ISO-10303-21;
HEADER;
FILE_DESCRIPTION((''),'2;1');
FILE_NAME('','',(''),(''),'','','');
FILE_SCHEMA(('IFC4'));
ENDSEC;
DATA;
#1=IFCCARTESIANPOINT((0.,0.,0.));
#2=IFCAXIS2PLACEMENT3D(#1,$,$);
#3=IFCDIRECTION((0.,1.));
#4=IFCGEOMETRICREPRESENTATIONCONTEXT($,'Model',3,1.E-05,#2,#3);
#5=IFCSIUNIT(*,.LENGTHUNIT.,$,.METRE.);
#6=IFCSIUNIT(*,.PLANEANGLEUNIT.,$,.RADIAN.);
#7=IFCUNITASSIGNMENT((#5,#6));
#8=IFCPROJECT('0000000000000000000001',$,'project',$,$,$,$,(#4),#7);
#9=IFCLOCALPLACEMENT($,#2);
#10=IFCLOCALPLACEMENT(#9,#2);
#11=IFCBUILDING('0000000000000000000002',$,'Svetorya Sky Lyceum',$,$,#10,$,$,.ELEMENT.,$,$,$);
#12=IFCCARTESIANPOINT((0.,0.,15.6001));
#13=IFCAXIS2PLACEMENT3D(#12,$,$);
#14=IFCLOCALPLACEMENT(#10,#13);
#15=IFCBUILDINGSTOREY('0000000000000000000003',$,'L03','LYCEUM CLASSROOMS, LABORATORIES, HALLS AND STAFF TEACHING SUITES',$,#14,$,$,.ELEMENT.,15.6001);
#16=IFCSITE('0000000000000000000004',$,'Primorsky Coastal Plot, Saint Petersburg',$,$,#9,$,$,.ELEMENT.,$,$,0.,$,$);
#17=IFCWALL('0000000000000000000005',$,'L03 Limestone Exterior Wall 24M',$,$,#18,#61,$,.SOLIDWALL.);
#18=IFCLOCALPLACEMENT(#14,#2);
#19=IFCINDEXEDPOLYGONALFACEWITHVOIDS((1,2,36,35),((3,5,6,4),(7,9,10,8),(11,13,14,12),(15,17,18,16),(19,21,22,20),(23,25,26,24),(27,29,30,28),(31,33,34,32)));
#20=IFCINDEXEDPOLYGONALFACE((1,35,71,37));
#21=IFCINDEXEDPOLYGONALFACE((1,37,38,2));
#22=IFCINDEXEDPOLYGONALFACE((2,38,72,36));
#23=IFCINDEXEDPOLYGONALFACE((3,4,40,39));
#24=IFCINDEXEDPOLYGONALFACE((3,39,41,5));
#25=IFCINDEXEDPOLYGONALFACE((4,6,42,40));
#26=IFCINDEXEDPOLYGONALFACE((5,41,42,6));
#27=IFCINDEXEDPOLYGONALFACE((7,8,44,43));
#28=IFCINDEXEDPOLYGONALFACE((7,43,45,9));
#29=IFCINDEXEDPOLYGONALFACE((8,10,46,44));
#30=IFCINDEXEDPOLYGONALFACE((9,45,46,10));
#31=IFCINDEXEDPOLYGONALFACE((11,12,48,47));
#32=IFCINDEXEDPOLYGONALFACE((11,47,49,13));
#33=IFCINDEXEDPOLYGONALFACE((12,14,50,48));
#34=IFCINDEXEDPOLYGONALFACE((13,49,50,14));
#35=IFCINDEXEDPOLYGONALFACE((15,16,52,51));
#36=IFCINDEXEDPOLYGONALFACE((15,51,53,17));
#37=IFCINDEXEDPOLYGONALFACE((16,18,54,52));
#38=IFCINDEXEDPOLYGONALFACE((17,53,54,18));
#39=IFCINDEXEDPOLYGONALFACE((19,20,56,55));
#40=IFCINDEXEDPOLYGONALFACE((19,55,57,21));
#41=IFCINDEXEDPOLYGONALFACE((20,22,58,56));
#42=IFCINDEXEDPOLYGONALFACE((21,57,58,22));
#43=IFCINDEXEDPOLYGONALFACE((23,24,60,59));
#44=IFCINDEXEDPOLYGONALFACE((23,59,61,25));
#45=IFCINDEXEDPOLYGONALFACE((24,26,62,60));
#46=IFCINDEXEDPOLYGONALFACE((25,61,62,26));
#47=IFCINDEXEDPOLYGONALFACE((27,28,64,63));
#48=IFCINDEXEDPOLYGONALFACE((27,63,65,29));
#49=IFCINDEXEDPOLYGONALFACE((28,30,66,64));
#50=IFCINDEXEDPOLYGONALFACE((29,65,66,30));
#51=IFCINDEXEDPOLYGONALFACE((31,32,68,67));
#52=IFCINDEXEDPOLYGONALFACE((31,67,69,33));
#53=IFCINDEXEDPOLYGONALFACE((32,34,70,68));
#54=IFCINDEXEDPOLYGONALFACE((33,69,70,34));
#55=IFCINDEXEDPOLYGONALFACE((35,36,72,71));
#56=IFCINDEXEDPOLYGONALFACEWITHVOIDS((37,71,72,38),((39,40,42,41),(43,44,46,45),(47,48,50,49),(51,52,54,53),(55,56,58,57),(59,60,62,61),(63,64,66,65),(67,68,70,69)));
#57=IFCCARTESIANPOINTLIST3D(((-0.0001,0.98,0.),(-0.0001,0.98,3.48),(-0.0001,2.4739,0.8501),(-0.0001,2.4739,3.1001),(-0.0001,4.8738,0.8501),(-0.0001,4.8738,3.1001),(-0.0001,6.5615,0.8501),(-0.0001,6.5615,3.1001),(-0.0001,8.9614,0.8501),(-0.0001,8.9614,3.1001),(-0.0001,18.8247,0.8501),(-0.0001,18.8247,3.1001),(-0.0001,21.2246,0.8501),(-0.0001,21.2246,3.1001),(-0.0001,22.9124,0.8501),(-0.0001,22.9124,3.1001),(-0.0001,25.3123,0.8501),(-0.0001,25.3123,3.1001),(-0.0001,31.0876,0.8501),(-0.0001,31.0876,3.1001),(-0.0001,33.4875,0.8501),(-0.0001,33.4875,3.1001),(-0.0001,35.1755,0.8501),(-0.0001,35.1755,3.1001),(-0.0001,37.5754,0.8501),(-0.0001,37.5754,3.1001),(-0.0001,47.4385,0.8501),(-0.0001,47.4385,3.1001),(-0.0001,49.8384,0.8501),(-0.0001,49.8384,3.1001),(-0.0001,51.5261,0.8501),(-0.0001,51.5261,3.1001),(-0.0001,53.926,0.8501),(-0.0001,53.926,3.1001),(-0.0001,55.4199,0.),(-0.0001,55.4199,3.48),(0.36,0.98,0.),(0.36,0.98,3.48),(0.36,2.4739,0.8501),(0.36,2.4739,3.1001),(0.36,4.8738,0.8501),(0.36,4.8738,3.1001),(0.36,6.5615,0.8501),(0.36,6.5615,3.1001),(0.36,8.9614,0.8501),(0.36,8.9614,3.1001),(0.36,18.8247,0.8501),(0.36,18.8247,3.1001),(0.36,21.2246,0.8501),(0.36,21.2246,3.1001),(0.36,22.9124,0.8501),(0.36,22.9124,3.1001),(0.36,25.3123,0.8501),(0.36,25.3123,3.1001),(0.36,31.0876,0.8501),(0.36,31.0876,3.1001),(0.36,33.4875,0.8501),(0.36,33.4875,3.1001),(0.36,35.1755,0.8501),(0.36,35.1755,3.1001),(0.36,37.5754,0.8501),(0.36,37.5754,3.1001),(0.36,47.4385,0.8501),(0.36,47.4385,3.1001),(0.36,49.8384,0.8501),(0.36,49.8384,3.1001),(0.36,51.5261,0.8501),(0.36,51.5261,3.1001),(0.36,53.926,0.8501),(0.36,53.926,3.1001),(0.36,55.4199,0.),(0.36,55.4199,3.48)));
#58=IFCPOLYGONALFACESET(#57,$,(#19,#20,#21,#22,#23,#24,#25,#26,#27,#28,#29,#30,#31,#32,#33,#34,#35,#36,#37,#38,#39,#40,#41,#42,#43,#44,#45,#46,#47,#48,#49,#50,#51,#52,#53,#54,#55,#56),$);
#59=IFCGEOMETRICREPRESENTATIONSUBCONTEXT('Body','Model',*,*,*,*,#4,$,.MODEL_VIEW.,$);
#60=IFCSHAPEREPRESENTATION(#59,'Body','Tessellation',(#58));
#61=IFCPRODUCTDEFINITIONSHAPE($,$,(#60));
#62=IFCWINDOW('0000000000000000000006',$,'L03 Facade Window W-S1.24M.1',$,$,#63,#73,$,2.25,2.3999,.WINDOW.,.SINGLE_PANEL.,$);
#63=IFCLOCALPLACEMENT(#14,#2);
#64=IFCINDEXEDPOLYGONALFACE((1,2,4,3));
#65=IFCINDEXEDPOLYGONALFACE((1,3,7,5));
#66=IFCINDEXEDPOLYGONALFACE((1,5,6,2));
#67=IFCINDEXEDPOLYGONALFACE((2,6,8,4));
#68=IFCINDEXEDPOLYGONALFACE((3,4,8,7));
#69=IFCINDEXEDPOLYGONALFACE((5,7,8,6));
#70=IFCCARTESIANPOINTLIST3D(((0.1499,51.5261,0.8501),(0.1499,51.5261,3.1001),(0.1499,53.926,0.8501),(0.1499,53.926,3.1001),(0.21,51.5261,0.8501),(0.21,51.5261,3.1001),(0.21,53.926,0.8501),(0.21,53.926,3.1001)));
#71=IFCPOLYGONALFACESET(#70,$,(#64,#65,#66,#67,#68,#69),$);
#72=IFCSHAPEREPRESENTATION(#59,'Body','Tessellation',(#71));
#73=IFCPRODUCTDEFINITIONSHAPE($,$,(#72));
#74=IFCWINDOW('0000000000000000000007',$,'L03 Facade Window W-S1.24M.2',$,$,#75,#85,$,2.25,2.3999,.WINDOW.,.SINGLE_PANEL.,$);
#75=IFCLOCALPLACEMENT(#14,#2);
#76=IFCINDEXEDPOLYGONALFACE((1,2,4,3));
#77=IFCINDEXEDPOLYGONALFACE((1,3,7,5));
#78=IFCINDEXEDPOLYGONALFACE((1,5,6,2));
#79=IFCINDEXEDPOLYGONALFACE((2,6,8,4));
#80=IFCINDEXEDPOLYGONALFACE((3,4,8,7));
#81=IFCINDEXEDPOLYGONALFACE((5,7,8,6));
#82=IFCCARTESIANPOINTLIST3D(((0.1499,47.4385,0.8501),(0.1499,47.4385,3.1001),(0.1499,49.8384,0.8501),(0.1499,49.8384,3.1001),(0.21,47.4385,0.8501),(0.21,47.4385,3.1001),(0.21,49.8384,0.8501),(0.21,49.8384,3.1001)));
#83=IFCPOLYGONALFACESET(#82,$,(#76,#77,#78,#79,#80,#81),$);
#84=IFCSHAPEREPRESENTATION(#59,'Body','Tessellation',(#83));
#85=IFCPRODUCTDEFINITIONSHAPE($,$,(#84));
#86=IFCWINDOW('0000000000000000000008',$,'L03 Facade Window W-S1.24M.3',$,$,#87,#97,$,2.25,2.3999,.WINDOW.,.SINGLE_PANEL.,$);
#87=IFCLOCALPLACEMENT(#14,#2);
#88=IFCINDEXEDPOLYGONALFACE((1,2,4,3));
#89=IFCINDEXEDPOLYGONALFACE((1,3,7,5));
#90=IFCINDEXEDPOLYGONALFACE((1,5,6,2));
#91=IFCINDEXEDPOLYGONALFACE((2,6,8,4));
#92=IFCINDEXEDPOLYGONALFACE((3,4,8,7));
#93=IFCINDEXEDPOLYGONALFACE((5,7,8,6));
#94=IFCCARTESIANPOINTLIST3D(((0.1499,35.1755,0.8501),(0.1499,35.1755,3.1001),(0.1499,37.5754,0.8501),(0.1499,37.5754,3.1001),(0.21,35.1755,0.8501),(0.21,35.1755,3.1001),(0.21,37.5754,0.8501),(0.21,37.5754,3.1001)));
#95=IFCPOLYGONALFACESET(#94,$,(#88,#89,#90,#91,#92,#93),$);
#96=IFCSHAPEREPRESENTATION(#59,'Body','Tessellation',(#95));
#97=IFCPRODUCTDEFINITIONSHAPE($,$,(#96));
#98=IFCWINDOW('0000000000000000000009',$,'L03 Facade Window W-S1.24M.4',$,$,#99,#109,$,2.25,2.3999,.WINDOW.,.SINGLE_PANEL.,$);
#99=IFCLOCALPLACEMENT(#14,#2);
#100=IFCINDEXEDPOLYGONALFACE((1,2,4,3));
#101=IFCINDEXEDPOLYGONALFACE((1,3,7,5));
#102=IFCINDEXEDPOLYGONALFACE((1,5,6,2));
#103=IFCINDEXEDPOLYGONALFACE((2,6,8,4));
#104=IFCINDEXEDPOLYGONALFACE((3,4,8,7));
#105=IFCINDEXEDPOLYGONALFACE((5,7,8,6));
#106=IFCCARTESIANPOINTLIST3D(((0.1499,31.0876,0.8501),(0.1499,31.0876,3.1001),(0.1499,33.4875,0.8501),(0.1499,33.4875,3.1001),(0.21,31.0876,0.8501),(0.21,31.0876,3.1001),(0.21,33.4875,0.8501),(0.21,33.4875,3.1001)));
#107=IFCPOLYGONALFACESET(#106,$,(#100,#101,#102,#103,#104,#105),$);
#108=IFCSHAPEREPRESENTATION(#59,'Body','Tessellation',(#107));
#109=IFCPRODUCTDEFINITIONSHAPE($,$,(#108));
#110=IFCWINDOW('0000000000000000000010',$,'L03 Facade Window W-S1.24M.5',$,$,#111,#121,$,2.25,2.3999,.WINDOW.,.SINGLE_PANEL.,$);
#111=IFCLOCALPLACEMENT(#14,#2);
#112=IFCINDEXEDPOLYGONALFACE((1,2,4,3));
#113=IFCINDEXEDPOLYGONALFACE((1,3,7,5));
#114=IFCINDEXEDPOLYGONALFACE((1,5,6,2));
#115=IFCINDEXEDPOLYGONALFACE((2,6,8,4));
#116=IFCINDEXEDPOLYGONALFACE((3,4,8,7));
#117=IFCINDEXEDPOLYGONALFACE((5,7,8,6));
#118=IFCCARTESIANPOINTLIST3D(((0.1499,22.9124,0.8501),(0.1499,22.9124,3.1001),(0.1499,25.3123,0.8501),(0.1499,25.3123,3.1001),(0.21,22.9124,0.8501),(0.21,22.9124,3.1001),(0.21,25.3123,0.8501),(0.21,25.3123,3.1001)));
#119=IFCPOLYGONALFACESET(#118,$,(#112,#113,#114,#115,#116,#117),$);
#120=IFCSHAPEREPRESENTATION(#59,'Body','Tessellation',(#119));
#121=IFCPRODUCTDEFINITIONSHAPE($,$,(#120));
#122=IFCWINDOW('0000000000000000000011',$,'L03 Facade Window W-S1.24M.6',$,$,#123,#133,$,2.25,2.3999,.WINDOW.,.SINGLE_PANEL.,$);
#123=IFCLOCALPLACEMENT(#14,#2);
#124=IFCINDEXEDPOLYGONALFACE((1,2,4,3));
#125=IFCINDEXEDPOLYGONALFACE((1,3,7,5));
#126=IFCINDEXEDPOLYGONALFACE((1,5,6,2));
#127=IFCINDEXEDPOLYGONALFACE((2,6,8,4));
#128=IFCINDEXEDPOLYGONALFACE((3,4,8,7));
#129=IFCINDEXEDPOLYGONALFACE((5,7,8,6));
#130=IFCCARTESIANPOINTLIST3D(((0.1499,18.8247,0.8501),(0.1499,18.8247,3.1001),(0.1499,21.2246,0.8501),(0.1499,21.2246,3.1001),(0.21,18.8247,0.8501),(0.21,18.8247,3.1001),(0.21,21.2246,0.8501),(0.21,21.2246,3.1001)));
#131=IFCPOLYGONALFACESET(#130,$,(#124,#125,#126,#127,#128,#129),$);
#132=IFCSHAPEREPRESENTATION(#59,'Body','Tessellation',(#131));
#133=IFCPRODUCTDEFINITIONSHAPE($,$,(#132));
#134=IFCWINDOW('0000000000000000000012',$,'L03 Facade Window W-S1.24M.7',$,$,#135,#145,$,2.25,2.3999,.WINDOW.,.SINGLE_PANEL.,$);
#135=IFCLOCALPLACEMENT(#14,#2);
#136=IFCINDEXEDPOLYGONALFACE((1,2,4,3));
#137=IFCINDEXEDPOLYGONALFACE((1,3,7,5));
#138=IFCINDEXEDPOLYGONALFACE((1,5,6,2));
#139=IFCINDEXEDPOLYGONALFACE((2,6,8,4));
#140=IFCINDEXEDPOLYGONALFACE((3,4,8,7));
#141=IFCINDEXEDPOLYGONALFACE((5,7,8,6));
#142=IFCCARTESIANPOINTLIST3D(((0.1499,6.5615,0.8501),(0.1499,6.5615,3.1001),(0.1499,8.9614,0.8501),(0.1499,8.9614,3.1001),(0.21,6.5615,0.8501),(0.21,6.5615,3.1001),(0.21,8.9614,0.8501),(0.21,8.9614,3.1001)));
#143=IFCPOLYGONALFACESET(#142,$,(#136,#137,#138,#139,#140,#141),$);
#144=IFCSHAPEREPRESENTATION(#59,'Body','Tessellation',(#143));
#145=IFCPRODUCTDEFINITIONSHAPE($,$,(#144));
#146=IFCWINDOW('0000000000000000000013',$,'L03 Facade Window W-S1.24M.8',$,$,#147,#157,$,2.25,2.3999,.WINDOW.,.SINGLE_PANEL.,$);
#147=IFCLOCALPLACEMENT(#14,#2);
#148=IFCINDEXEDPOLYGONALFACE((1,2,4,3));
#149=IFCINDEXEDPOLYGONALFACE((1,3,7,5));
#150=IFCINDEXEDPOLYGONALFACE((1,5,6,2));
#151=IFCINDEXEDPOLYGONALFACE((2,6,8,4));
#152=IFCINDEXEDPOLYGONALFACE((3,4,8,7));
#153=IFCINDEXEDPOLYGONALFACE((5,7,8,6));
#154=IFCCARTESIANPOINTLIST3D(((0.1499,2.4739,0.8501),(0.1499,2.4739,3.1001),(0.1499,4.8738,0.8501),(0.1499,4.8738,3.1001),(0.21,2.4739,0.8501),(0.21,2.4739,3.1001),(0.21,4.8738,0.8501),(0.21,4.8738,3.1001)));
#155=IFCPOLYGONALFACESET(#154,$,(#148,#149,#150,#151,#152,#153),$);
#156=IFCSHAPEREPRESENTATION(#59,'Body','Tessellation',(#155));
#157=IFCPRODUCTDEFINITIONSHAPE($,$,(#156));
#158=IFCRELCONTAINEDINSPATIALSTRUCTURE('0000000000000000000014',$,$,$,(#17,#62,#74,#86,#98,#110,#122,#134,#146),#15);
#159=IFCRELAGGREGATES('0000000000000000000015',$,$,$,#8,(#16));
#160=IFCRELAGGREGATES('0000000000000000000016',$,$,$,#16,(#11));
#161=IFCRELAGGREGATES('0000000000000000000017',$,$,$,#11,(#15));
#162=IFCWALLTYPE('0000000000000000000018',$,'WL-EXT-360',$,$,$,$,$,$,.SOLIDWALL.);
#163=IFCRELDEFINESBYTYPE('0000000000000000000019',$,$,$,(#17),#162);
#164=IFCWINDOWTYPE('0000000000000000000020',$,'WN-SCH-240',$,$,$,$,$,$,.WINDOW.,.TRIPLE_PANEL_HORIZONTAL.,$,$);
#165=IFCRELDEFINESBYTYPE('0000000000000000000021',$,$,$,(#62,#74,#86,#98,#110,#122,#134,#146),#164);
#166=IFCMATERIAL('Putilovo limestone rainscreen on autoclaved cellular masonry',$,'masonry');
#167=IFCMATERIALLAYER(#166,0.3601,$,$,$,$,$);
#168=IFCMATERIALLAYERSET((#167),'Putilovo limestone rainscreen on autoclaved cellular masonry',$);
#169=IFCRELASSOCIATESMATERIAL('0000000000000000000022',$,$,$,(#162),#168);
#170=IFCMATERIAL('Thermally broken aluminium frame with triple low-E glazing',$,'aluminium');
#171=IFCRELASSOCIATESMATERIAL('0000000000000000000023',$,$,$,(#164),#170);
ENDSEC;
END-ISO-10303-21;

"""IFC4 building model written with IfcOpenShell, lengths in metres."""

from ifc_helpers import new_model, si_unit, direction, frame, frame_2d, origin, place, context, subcontext, project, spatial, rectangle, extrude, material, layer, layer_set, type_object, element, fill, save


model = new_model("IFC4")

# Units and contexts
model_context = context("Model", 3, precision=1e-05, world=origin(), true_north=direction((0.0, 1.0)))
body_context = subcontext(model_context, "Body", "Model", "MODEL_VIEW")
ifc_project = project(units=[si_unit("LENGTHUNIT", "METRE"), si_unit("PLANEANGLEUNIT", "RADIAN")], contexts=[model_context])

# Site, building, storey
site_placement = place(None, origin())
site = spatial("IfcSite", under=ifc_project, at=site_placement, Name="Primorsky Coastal Plot, Saint Petersburg", CompositionType="ELEMENT", RefElevation=0.0)
building_placement = place(site_placement, origin())
building = spatial("IfcBuilding", under=site, at=building_placement, Name="Svetorya Sky Lyceum", CompositionType="ELEMENT")
storey_placement = place(building_placement, frame((0.0, 0.0, 15.6001)))
storey = spatial("IfcBuildingStorey", under=building, at=storey_placement, Name="L03", Description="LYCEUM CLASSROOMS, LABORATORIES, HALLS AND STAFF TEACHING SUITES", CompositionType="ELEMENT", Elevation=15.6001)

# Shared definitions
ifc_material_1 = material(Name="Putilovo limestone rainscreen on autoclaved cellular masonry", Category="masonry")
ifc_layer_1 = layer(ifc_material_1, 0.3601)
ifc_layer_set_1 = layer_set([ifc_layer_1], Name="Putilovo limestone rainscreen on autoclaved cellular masonry")
wall_type_1 = type_object("IfcWallType", Name="WL-EXT-360", PredefinedType="SOLIDWALL", material=ifc_layer_set_1)

# Wall, openings, windows
wall_1_placement = place(storey_placement, frame((0.1799, 55.4199, 0.0), z_axis=(0.0, 0.0, 1.0), x_axis=(0.0, -1.0, 0.0)))
wall_1 = element("IfcWall", 1, at=wall_1_placement, inside=storey, type_object=wall_type_1, Name="L03 Limestone Exterior Wall 24M", PredefinedType="SOLIDWALL", context=body_context, shape_type="SweptSolid", body=[
    extrude(rectangle(XDim=54.4399, YDim=0.3601, at=frame_2d((27.22, 0.0))), origin(), (0.0, 0.0, 1.0), 3.48),
])
opening_1_placement = place(wall_1_placement, frame((1.4939, 0.0, 0.8501)))
opening_1 = element("IfcOpeningElement", 2, at=opening_1_placement, cuts=wall_1, PredefinedType="OPENING", context=body_context, shape_type="SweptSolid", body=[
    extrude(rectangle(XDim=2.3999, YDim=2.25, at=frame_2d((1.2, 1.125))), frame((0.0, 0.1899, 0.0), z_axis=(0.0, -1.0, 0.0), x_axis=(1.0, 0.0, 0.0)), (0.0, 0.0, 1.0), 0.3801),
])
opening_2_placement = place(wall_1_placement, frame((5.5815, 0.0, 0.8501)))
opening_2 = element("IfcOpeningElement", 3, at=opening_2_placement, cuts=wall_1, PredefinedType="OPENING", context=body_context, shape_type="SweptSolid", body=[
    extrude(rectangle(XDim=2.3999, YDim=2.25, at=frame_2d((1.2, 1.125))), frame((0.0, 0.1899, 0.0), z_axis=(0.0, -1.0, 0.0), x_axis=(1.0, 0.0, 0.0)), (0.0, 0.0, 1.0), 0.3801),
])
opening_3_placement = place(wall_1_placement, frame((17.8445, 0.0, 0.8501)))
opening_3 = element("IfcOpeningElement", 4, at=opening_3_placement, cuts=wall_1, PredefinedType="OPENING", context=body_context, shape_type="SweptSolid", body=[
    extrude(rectangle(XDim=2.3999, YDim=2.25, at=frame_2d((1.2, 1.125))), frame((0.0, 0.1899, 0.0), z_axis=(0.0, -1.0, 0.0), x_axis=(1.0, 0.0, 0.0)), (0.0, 0.0, 1.0), 0.3801),
])
opening_4_placement = place(wall_1_placement, frame((21.9324, 0.0, 0.8501)))
opening_4 = element("IfcOpeningElement", 5, at=opening_4_placement, cuts=wall_1, PredefinedType="OPENING", context=body_context, shape_type="SweptSolid", body=[
    extrude(rectangle(XDim=2.3999, YDim=2.25, at=frame_2d((1.2, 1.125))), frame((0.0, 0.1899, 0.0), z_axis=(0.0, -1.0, 0.0), x_axis=(1.0, 0.0, 0.0)), (0.0, 0.0, 1.0), 0.3801),
])
opening_5_placement = place(wall_1_placement, frame((30.1077, 0.0, 0.8501)))
opening_5 = element("IfcOpeningElement", 6, at=opening_5_placement, cuts=wall_1, PredefinedType="OPENING", context=body_context, shape_type="SweptSolid", body=[
    extrude(rectangle(XDim=2.3999, YDim=2.25, at=frame_2d((1.2, 1.125))), frame((0.0, 0.1899, 0.0), z_axis=(0.0, -1.0, 0.0), x_axis=(1.0, 0.0, 0.0)), (0.0, 0.0, 1.0), 0.3801),
])
opening_6_placement = place(wall_1_placement, frame((34.1953, 0.0, 0.8501)))
opening_6 = element("IfcOpeningElement", 7, at=opening_6_placement, cuts=wall_1, PredefinedType="OPENING", context=body_context, shape_type="SweptSolid", body=[
    extrude(rectangle(XDim=2.3999, YDim=2.25, at=frame_2d((1.2, 1.125))), frame((0.0, 0.1899, 0.0), z_axis=(0.0, -1.0, 0.0), x_axis=(1.0, 0.0, 0.0)), (0.0, 0.0, 1.0), 0.3801),
])
opening_7_placement = place(wall_1_placement, frame((46.4585, 0.0, 0.8501)))
opening_7 = element("IfcOpeningElement", 8, at=opening_7_placement, cuts=wall_1, PredefinedType="OPENING", context=body_context, shape_type="SweptSolid", body=[
    extrude(rectangle(XDim=2.3999, YDim=2.25, at=frame_2d((1.2, 1.125))), frame((0.0, 0.1899, 0.0), z_axis=(0.0, -1.0, 0.0), x_axis=(1.0, 0.0, 0.0)), (0.0, 0.0, 1.0), 0.3801),
])
opening_8_placement = place(wall_1_placement, frame((50.5461, 0.0, 0.8501)))
opening_8 = element("IfcOpeningElement", 9, at=opening_8_placement, cuts=wall_1, PredefinedType="OPENING", context=body_context, shape_type="SweptSolid", body=[
    extrude(rectangle(XDim=2.3999, YDim=2.25, at=frame_2d((1.2, 1.125))), frame((0.0, 0.1899, 0.0), z_axis=(0.0, -1.0, 0.0), x_axis=(1.0, 0.0, 0.0)), (0.0, 0.0, 1.0), 0.3801),
])
ifc_material_2 = material(Name="Thermally broken aluminium frame with triple low-E glazing", Category="aluminium")
window_type = type_object("IfcWindowType", Name="WN-SCH-240", PartitioningType="TRIPLE_PANEL_HORIZONTAL", PredefinedType="WINDOW", material=ifc_material_2)
window_1_placement = place(opening_1_placement, origin())
window_1 = element("IfcWindow", 10, at=window_1_placement, inside=storey, type_object=window_type, Name="L03 Facade Window W-S1.24M.1", OverallHeight=2.25, OverallWidth=2.3999, PartitioningType="SINGLE_PANEL", PredefinedType="WINDOW", context=body_context, shape_type="SweptSolid", body=[
    extrude(rectangle(XDim=2.3999, YDim=2.25, at=frame_2d((1.2, 1.125))), frame((0.0, 0.03, 0.0), z_axis=(0.0, -1.0, 0.0), x_axis=(1.0, 0.0, 0.0)), (0.0, 0.0, 1.0), 0.0601),
])
fill(opening_1, window_1)
window_2_placement = place(opening_2_placement, origin())
window_2 = element("IfcWindow", 11, at=window_2_placement, inside=storey, type_object=window_type, Name="L03 Facade Window W-S1.24M.2", OverallHeight=2.25, OverallWidth=2.3999, PartitioningType="SINGLE_PANEL", PredefinedType="WINDOW", context=body_context, shape_type="SweptSolid", body=[
    extrude(rectangle(XDim=2.3999, YDim=2.25, at=frame_2d((1.2, 1.125))), frame((0.0, 0.03, 0.0), z_axis=(0.0, -1.0, 0.0), x_axis=(1.0, 0.0, 0.0)), (0.0, 0.0, 1.0), 0.0601),
])
fill(opening_2, window_2)
window_3_placement = place(opening_3_placement, origin())
window_3 = element("IfcWindow", 12, at=window_3_placement, inside=storey, type_object=window_type, Name="L03 Facade Window W-S1.24M.3", OverallHeight=2.25, OverallWidth=2.3999, PartitioningType="SINGLE_PANEL", PredefinedType="WINDOW", context=body_context, shape_type="SweptSolid", body=[
    extrude(rectangle(XDim=2.3999, YDim=2.25, at=frame_2d((1.2, 1.125))), frame((0.0, 0.03, 0.0), z_axis=(0.0, -1.0, 0.0), x_axis=(1.0, 0.0, 0.0)), (0.0, 0.0, 1.0), 0.0601),
])
fill(opening_3, window_3)
window_4_placement = place(opening_4_placement, origin())
window_4 = element("IfcWindow", 13, at=window_4_placement, inside=storey, type_object=window_type, Name="L03 Facade Window W-S1.24M.4", OverallHeight=2.25, OverallWidth=2.3999, PartitioningType="SINGLE_PANEL", PredefinedType="WINDOW", context=body_context, shape_type="SweptSolid", body=[
    extrude(rectangle(XDim=2.3999, YDim=2.25, at=frame_2d((1.2, 1.125))), frame((0.0, 0.03, 0.0), z_axis=(0.0, -1.0, 0.0), x_axis=(1.0, 0.0, 0.0)), (0.0, 0.0, 1.0), 0.0601),
])
fill(opening_4, window_4)
window_5_placement = place(opening_5_placement, origin())
window_5 = element("IfcWindow", 14, at=window_5_placement, inside=storey, type_object=window_type, Name="L03 Facade Window W-S1.24M.5", OverallHeight=2.25, OverallWidth=2.3999, PartitioningType="SINGLE_PANEL", PredefinedType="WINDOW", context=body_context, shape_type="SweptSolid", body=[
    extrude(rectangle(XDim=2.3999, YDim=2.25, at=frame_2d((1.2, 1.125))), frame((0.0, 0.03, 0.0), z_axis=(0.0, -1.0, 0.0), x_axis=(1.0, 0.0, 0.0)), (0.0, 0.0, 1.0), 0.0601),
])
fill(opening_5, window_5)
window_6_placement = place(opening_6_placement, origin())
window_6 = element("IfcWindow", 15, at=window_6_placement, inside=storey, type_object=window_type, Name="L03 Facade Window W-S1.24M.6", OverallHeight=2.25, OverallWidth=2.3999, PartitioningType="SINGLE_PANEL", PredefinedType="WINDOW", context=body_context, shape_type="SweptSolid", body=[
    extrude(rectangle(XDim=2.3999, YDim=2.25, at=frame_2d((1.2, 1.125))), frame((0.0, 0.03, 0.0), z_axis=(0.0, -1.0, 0.0), x_axis=(1.0, 0.0, 0.0)), (0.0, 0.0, 1.0), 0.0601),
])
fill(opening_6, window_6)
window_7_placement = place(opening_7_placement, origin())
window_7 = element("IfcWindow", 16, at=window_7_placement, inside=storey, type_object=window_type, Name="L03 Facade Window W-S1.24M.7", OverallHeight=2.25, OverallWidth=2.3999, PartitioningType="SINGLE_PANEL", PredefinedType="WINDOW", context=body_context, shape_type="SweptSolid", body=[
    extrude(rectangle(XDim=2.3999, YDim=2.25, at=frame_2d((1.2, 1.125))), frame((0.0, 0.03, 0.0), z_axis=(0.0, -1.0, 0.0), x_axis=(1.0, 0.0, 0.0)), (0.0, 0.0, 1.0), 0.0601),
])
fill(opening_7, window_7)
window_8_placement = place(opening_8_placement, origin())
window_8 = element("IfcWindow", 17, at=window_8_placement, inside=storey, type_object=window_type, Name="L03 Facade Window W-S1.24M.8", OverallHeight=2.25, OverallWidth=2.3999, PartitioningType="SINGLE_PANEL", PredefinedType="WINDOW", context=body_context, shape_type="SweptSolid", body=[
    extrude(rectangle(XDim=2.3999, YDim=2.25, at=frame_2d((1.2, 1.125))), frame((0.0, 0.03, 0.0), z_axis=(0.0, -1.0, 0.0), x_axis=(1.0, 0.0, 0.0)), (0.0, 0.0, 1.0), 0.0601),
])
fill(opening_8, window_8)

save(model, "model.ifc")
